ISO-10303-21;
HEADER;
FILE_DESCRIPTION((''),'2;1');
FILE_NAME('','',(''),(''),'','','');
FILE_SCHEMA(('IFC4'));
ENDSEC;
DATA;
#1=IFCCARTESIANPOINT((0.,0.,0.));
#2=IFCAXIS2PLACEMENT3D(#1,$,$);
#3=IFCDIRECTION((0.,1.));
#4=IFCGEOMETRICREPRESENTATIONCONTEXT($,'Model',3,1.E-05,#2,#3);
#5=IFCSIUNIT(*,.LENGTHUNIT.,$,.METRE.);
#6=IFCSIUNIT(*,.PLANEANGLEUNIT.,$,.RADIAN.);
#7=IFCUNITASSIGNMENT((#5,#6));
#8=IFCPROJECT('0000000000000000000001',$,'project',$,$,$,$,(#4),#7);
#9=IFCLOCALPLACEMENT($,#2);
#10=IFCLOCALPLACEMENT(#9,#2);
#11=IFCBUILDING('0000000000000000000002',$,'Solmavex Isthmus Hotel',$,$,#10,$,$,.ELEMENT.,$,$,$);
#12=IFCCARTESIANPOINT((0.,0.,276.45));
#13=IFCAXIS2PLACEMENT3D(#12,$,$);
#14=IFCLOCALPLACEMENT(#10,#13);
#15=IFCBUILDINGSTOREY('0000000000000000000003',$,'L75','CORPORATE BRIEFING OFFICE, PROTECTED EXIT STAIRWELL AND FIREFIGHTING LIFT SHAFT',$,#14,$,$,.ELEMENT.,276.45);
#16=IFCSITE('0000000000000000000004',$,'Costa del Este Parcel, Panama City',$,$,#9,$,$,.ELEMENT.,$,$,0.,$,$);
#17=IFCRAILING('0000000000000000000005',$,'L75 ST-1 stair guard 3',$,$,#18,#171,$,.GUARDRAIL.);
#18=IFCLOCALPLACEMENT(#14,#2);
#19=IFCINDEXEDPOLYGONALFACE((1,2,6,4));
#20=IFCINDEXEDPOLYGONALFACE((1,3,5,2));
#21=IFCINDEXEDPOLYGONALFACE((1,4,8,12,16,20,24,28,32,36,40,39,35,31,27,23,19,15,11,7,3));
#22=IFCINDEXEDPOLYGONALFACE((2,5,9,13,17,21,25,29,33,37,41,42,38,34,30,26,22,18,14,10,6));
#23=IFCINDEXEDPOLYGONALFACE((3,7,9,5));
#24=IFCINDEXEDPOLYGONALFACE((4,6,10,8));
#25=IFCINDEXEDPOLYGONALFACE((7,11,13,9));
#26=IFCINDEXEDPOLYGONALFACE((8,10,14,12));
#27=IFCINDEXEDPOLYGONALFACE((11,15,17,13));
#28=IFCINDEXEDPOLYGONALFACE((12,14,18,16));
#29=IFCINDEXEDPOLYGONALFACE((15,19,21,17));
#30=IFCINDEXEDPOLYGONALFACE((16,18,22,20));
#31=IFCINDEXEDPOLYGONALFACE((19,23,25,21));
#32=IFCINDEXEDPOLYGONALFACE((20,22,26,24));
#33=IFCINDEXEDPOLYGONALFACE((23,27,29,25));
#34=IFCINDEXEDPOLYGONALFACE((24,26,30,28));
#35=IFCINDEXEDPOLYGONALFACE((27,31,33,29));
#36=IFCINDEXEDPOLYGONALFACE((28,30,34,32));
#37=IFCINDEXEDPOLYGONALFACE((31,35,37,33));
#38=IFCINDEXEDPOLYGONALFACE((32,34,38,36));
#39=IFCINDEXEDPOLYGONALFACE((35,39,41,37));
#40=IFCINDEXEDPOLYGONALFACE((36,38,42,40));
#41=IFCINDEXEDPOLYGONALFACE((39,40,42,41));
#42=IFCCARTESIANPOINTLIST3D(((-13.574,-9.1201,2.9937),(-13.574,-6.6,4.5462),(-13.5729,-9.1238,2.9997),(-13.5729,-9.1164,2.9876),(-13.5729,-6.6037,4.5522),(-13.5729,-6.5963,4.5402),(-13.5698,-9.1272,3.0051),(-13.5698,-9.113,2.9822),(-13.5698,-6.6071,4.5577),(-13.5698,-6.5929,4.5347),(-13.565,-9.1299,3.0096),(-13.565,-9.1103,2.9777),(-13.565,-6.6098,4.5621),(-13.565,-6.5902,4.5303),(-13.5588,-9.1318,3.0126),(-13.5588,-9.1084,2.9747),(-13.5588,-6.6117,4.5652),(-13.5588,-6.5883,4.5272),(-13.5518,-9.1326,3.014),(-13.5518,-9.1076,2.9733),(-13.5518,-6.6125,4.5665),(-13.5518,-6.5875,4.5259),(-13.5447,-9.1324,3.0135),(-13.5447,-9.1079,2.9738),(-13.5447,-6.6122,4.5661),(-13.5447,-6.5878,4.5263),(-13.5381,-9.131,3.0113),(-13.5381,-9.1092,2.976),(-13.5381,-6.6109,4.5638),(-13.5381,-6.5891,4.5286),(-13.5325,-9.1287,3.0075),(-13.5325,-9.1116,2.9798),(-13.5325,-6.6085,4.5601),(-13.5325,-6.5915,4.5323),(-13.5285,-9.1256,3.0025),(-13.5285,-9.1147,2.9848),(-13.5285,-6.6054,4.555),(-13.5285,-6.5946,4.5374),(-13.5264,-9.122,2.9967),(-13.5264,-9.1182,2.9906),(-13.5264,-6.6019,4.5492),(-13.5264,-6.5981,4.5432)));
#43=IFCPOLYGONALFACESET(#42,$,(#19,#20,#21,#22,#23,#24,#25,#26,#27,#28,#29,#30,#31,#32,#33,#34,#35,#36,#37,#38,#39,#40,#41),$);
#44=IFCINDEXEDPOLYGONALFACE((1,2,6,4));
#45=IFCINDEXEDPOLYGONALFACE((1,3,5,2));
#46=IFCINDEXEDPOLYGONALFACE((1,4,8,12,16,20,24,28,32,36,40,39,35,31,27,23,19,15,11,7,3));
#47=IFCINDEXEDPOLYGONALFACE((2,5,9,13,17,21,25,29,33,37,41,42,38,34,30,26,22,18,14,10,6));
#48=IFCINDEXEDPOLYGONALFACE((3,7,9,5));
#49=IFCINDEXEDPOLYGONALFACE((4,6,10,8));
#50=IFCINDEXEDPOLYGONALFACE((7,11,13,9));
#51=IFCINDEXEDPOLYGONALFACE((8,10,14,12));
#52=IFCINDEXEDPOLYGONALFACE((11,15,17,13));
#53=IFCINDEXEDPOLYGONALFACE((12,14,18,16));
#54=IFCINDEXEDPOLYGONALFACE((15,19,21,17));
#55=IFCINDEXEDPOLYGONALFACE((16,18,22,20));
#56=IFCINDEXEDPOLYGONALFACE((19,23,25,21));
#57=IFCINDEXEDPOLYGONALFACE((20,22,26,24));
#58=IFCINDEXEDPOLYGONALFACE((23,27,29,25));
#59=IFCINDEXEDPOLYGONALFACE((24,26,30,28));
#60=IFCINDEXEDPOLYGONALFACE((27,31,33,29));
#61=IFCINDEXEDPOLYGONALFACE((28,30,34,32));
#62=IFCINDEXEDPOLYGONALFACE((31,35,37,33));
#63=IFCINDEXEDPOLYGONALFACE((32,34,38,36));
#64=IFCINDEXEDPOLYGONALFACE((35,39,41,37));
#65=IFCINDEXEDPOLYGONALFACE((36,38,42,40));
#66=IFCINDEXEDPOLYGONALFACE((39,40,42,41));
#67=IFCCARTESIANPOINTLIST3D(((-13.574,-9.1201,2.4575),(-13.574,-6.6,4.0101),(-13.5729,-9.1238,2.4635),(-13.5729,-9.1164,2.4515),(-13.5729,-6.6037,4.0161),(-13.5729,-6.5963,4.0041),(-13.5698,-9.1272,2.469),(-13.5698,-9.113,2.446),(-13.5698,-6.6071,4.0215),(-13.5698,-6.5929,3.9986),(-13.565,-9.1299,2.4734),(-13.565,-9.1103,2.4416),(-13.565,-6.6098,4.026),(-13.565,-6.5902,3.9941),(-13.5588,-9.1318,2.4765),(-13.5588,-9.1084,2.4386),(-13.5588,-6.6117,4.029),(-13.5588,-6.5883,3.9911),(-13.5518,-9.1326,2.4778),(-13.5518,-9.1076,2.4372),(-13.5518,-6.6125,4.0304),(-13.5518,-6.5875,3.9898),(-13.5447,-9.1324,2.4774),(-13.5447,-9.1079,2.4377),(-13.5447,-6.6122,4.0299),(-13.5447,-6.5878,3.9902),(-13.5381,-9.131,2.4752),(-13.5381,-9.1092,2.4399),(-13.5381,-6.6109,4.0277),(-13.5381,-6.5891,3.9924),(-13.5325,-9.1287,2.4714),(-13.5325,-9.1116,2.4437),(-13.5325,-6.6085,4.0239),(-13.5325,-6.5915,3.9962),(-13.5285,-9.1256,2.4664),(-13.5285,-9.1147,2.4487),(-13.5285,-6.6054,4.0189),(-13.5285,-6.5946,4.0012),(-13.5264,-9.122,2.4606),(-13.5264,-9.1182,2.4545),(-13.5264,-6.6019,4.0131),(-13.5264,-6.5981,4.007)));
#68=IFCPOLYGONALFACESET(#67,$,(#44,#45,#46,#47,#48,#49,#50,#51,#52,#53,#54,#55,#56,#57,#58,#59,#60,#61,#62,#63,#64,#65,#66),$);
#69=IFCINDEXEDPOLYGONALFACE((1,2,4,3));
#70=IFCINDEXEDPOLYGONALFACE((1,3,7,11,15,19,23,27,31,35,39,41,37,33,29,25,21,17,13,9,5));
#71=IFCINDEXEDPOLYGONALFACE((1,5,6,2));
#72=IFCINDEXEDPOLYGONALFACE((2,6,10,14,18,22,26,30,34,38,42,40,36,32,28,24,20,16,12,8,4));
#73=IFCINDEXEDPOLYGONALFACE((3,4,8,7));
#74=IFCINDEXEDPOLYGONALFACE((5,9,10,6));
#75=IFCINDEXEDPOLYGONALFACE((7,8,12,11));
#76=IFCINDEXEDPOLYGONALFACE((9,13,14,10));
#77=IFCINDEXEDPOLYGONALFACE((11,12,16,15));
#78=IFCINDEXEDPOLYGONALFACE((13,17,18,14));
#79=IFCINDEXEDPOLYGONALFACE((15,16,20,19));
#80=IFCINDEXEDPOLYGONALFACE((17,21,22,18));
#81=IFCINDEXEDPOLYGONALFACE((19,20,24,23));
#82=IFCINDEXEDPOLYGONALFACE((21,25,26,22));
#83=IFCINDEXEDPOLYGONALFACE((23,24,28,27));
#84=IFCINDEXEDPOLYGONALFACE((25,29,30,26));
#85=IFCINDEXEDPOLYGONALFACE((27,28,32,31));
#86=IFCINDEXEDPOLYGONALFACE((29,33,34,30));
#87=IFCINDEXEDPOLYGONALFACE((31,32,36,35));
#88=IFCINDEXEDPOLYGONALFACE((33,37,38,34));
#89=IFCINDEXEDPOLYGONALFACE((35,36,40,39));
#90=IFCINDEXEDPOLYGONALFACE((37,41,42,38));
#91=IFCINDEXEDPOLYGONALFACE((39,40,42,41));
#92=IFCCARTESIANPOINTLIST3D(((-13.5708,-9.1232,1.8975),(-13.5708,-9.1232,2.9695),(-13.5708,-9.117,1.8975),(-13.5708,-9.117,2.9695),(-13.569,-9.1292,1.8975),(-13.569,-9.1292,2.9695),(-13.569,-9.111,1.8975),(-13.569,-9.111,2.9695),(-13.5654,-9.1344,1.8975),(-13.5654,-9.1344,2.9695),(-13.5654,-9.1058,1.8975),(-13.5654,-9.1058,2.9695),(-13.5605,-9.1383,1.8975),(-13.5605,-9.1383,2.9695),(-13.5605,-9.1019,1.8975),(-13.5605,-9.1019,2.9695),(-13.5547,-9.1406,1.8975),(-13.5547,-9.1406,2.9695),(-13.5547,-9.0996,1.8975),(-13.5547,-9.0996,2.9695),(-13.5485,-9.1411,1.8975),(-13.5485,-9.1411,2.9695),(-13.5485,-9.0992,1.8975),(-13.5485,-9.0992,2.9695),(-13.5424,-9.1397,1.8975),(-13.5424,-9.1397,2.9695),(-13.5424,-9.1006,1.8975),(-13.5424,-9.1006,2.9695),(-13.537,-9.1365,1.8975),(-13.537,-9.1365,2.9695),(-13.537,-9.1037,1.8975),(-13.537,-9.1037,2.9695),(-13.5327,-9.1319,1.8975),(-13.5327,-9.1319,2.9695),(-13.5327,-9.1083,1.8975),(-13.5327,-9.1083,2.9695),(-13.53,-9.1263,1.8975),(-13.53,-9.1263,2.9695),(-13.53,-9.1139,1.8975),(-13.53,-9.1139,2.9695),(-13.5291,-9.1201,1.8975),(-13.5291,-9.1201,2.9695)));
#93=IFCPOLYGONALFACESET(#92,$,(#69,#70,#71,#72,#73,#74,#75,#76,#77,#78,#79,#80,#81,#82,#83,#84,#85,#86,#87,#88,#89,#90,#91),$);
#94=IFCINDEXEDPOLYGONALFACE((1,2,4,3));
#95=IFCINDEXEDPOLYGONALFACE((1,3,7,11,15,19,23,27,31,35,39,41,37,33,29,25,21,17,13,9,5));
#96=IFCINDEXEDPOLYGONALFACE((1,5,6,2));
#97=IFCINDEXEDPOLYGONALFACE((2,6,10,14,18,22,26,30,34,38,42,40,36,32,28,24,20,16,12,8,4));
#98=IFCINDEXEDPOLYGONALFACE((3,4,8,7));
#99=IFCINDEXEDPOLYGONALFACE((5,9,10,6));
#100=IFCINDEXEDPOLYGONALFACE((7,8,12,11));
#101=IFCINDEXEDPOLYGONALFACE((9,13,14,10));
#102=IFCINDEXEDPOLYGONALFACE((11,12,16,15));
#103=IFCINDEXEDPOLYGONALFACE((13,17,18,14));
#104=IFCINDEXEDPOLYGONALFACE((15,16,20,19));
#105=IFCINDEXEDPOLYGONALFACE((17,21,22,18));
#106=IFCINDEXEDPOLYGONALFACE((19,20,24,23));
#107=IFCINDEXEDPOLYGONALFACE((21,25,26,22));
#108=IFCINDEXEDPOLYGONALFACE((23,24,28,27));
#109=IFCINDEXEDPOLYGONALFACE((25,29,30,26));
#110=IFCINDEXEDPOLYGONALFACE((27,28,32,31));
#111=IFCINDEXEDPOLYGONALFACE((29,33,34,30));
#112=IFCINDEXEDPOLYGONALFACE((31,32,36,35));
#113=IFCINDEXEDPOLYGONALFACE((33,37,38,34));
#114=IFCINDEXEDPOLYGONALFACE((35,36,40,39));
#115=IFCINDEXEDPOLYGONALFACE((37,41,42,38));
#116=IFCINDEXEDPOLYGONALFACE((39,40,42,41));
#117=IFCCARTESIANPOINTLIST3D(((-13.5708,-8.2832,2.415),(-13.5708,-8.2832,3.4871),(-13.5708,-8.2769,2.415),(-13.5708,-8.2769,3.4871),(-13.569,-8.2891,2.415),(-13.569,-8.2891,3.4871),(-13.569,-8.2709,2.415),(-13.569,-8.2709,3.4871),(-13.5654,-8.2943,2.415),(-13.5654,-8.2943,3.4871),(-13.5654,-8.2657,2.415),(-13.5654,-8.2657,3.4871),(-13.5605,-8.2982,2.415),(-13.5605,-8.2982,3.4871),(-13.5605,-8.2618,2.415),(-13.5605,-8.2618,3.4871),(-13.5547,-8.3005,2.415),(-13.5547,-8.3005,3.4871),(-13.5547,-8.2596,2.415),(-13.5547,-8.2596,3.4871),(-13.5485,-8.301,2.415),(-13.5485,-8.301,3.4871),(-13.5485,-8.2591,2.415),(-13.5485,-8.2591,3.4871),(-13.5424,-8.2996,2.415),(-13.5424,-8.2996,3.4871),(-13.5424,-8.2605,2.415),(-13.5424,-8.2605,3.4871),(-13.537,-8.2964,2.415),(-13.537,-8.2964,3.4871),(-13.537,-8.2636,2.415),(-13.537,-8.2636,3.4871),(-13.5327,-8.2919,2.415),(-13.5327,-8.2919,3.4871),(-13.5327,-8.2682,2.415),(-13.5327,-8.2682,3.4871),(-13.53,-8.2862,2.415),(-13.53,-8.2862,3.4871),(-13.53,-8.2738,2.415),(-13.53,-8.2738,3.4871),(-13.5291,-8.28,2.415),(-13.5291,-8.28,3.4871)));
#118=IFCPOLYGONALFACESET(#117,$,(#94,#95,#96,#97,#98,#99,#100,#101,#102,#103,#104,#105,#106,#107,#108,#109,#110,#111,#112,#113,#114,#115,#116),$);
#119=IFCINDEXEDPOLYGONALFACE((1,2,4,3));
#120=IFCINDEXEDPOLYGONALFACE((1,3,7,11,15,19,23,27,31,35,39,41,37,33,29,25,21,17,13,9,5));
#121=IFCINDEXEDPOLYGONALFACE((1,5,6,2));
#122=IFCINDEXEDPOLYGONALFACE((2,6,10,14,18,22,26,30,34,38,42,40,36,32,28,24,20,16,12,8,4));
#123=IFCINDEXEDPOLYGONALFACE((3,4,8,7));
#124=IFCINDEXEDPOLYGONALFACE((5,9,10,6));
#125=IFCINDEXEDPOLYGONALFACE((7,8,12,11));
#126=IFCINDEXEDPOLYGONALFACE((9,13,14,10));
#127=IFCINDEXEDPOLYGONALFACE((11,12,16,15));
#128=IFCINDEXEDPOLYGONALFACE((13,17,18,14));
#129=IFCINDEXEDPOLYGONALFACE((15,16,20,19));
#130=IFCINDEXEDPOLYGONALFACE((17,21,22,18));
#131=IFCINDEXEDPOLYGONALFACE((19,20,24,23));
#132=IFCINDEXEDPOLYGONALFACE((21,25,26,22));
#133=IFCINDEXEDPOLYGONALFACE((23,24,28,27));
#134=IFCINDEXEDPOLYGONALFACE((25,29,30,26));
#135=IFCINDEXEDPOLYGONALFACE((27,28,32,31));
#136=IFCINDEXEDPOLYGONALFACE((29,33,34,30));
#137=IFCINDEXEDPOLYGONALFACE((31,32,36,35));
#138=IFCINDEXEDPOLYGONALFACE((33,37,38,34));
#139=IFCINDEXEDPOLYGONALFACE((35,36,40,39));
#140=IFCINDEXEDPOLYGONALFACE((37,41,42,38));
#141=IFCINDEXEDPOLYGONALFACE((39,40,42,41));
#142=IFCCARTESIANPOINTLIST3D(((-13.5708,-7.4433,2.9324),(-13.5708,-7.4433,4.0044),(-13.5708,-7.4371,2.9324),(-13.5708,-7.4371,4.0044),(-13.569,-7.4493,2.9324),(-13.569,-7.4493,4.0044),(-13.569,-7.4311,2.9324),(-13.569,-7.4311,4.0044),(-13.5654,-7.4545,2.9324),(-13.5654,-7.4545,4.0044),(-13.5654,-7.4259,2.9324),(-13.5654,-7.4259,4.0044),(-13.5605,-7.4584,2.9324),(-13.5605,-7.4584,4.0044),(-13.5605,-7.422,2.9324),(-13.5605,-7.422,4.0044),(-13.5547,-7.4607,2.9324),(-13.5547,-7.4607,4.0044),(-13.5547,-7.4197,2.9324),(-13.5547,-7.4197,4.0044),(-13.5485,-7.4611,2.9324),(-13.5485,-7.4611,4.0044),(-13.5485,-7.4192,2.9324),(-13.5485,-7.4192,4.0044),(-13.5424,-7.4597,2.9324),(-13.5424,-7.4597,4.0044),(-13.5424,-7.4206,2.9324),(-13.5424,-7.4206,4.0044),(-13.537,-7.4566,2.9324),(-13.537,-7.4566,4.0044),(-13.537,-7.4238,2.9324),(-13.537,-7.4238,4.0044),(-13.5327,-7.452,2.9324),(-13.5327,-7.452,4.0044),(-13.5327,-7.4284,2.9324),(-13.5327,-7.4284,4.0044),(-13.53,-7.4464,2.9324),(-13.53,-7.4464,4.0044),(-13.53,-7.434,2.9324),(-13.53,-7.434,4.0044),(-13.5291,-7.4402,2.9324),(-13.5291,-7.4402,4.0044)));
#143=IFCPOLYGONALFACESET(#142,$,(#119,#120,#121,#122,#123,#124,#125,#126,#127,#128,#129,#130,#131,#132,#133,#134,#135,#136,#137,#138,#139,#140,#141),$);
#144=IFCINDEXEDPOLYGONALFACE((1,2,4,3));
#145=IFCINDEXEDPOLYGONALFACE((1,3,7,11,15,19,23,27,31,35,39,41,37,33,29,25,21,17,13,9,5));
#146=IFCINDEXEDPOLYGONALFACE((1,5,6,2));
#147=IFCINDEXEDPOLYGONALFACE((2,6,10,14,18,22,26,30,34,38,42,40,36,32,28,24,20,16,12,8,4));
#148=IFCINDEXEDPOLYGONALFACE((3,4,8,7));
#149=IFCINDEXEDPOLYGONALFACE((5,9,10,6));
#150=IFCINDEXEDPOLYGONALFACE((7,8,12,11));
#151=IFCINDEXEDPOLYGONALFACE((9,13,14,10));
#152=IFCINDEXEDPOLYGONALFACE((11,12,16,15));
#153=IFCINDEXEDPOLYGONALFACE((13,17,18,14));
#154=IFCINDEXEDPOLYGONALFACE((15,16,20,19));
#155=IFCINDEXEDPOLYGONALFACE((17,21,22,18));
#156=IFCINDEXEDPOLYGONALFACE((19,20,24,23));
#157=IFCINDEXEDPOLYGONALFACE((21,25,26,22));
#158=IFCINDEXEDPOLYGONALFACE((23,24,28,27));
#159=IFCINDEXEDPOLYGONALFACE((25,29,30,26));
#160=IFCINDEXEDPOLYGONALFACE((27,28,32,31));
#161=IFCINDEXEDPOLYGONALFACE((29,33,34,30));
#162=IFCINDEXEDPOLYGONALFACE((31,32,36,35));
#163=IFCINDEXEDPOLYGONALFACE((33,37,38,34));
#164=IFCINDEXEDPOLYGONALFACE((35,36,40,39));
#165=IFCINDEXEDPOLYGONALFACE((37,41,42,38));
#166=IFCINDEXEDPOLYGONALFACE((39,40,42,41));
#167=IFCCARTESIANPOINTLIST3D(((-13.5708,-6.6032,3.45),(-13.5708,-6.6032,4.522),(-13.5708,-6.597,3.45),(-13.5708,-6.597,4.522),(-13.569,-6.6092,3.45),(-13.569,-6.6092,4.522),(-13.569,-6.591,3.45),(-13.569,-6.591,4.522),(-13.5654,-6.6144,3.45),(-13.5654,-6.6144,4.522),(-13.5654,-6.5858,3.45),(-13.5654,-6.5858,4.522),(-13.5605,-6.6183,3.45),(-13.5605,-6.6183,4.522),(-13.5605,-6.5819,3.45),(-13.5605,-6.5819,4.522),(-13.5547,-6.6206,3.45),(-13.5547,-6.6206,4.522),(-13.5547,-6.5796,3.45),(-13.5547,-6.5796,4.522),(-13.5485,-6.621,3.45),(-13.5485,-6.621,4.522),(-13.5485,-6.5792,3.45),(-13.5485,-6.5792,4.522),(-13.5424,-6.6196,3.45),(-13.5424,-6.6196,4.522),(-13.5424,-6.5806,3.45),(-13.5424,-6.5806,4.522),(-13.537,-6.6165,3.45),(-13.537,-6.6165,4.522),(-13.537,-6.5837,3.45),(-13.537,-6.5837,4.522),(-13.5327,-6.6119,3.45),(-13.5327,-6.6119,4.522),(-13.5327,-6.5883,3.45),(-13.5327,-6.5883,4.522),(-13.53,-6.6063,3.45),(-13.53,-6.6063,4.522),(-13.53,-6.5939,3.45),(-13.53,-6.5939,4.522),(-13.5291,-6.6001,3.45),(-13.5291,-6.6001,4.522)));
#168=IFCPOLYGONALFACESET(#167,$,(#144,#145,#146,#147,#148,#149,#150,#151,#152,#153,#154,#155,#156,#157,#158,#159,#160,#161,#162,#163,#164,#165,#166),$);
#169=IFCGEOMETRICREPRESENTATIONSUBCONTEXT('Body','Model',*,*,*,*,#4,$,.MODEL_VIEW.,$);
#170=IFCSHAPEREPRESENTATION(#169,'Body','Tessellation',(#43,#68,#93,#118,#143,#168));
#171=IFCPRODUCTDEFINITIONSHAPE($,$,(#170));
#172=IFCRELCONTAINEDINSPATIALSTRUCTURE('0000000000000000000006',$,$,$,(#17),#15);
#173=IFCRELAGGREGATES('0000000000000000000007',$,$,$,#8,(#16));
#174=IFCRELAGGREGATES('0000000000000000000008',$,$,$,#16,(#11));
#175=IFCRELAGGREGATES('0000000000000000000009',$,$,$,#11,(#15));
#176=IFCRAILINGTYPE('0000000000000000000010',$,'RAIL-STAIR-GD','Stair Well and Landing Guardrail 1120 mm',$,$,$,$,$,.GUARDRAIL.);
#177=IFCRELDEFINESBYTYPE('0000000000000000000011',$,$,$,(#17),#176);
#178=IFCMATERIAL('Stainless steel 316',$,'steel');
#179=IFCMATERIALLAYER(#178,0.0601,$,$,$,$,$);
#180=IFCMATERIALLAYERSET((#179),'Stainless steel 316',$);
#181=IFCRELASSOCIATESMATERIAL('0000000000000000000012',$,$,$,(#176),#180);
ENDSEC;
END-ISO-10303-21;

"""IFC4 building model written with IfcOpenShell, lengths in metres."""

from ifc_helpers import new_model, si_unit, direction, frame, origin, origin_2d, place, context, subcontext, project, spatial, circle, extrude, material, layer, layer_set, type_object, element, save


model = new_model("IFC4")

# Units and contexts
model_context = context("Model", 3, precision=1e-05, world=origin(), true_north=direction((0.0, 1.0)))
body_context = subcontext(model_context, "Body", "Model", "MODEL_VIEW")
ifc_project = project(units=[si_unit("LENGTHUNIT", "METRE"), si_unit("PLANEANGLEUNIT", "RADIAN")], contexts=[model_context])

# Site, building, storey
site_placement = place(None, origin())
site = spatial("IfcSite", under=ifc_project, at=site_placement, Name="Costa del Este Parcel, Panama City", CompositionType="ELEMENT", RefElevation=0.0)
building_placement = place(site_placement, origin())
building = spatial("IfcBuilding", under=site, at=building_placement, Name="Solmavex Isthmus Hotel", CompositionType="ELEMENT")
storey_placement = place(building_placement, frame((0.0, 0.0, 276.45)))
storey = spatial("IfcBuildingStorey", under=building, at=storey_placement, Name="L75", Description="CORPORATE BRIEFING OFFICE, PROTECTED EXIT STAIRWELL AND FIREFIGHTING LIFT SHAFT", CompositionType="ELEMENT", Elevation=276.45)

# Shared definitions
ifc_material_1 = material(Name="Stainless steel 316", Category="steel")

# Railing
ifc_layer_1 = layer(ifc_material_1, 0.0601)
ifc_layer_set_1 = layer_set([ifc_layer_1], Name="Stainless steel 316")
railing_type_1 = type_object("IfcRailingType", Name="RAIL-STAIR-GD", Description="Stair Well and Landing Guardrail 1120 mm", PredefinedType="GUARDRAIL", material=ifc_layer_set_1)
railing_1_placement = place(storey_placement, frame((-13.55, -9.1201, 1.8975)))
element("IfcRailing", 1, at=railing_1_placement, inside=storey, type_object=railing_type_1, Name="L75 ST-1 stair guard 3", PredefinedType="GUARDRAIL", context=body_context, shape_type="SweptSolid", body=[
    extrude(circle(Radius=0.0239, at=origin_2d()), frame((0.0, 0.0, 1.0962), z_axis=(0.0, 0.8514, 0.524516), x_axis=(-1.0, 0.0, 0.0)), (0.0, 0.0, 1.0), 2.96),
    extrude(circle(Radius=0.0239, at=origin_2d()), frame((0.0, 0.0, 0.5601), z_axis=(0.0, 0.8514, 0.524516), x_axis=(-1.0, 0.0, 0.0)), (0.0, 0.0, 1.0), 2.96),
    extrude(circle(Radius=0.021, at=origin_2d()), origin(), (0.0, 0.0, 1.0), 1.072),
    extrude(circle(Radius=0.021, at=origin_2d()), frame((0.0, 0.8401, 0.5176)), (0.0, 0.0, 1.0), 1.072),
    extrude(circle(Radius=0.021, at=origin_2d()), frame((0.0, 1.6799, 1.0349)), (0.0, 0.0, 1.0), 1.072),
    extrude(circle(Radius=0.021, at=origin_2d()), frame((0.0, 2.52, 1.5525)), (0.0, 0.0, 1.0), 1.072),
])

save(model, "model.ifc")
